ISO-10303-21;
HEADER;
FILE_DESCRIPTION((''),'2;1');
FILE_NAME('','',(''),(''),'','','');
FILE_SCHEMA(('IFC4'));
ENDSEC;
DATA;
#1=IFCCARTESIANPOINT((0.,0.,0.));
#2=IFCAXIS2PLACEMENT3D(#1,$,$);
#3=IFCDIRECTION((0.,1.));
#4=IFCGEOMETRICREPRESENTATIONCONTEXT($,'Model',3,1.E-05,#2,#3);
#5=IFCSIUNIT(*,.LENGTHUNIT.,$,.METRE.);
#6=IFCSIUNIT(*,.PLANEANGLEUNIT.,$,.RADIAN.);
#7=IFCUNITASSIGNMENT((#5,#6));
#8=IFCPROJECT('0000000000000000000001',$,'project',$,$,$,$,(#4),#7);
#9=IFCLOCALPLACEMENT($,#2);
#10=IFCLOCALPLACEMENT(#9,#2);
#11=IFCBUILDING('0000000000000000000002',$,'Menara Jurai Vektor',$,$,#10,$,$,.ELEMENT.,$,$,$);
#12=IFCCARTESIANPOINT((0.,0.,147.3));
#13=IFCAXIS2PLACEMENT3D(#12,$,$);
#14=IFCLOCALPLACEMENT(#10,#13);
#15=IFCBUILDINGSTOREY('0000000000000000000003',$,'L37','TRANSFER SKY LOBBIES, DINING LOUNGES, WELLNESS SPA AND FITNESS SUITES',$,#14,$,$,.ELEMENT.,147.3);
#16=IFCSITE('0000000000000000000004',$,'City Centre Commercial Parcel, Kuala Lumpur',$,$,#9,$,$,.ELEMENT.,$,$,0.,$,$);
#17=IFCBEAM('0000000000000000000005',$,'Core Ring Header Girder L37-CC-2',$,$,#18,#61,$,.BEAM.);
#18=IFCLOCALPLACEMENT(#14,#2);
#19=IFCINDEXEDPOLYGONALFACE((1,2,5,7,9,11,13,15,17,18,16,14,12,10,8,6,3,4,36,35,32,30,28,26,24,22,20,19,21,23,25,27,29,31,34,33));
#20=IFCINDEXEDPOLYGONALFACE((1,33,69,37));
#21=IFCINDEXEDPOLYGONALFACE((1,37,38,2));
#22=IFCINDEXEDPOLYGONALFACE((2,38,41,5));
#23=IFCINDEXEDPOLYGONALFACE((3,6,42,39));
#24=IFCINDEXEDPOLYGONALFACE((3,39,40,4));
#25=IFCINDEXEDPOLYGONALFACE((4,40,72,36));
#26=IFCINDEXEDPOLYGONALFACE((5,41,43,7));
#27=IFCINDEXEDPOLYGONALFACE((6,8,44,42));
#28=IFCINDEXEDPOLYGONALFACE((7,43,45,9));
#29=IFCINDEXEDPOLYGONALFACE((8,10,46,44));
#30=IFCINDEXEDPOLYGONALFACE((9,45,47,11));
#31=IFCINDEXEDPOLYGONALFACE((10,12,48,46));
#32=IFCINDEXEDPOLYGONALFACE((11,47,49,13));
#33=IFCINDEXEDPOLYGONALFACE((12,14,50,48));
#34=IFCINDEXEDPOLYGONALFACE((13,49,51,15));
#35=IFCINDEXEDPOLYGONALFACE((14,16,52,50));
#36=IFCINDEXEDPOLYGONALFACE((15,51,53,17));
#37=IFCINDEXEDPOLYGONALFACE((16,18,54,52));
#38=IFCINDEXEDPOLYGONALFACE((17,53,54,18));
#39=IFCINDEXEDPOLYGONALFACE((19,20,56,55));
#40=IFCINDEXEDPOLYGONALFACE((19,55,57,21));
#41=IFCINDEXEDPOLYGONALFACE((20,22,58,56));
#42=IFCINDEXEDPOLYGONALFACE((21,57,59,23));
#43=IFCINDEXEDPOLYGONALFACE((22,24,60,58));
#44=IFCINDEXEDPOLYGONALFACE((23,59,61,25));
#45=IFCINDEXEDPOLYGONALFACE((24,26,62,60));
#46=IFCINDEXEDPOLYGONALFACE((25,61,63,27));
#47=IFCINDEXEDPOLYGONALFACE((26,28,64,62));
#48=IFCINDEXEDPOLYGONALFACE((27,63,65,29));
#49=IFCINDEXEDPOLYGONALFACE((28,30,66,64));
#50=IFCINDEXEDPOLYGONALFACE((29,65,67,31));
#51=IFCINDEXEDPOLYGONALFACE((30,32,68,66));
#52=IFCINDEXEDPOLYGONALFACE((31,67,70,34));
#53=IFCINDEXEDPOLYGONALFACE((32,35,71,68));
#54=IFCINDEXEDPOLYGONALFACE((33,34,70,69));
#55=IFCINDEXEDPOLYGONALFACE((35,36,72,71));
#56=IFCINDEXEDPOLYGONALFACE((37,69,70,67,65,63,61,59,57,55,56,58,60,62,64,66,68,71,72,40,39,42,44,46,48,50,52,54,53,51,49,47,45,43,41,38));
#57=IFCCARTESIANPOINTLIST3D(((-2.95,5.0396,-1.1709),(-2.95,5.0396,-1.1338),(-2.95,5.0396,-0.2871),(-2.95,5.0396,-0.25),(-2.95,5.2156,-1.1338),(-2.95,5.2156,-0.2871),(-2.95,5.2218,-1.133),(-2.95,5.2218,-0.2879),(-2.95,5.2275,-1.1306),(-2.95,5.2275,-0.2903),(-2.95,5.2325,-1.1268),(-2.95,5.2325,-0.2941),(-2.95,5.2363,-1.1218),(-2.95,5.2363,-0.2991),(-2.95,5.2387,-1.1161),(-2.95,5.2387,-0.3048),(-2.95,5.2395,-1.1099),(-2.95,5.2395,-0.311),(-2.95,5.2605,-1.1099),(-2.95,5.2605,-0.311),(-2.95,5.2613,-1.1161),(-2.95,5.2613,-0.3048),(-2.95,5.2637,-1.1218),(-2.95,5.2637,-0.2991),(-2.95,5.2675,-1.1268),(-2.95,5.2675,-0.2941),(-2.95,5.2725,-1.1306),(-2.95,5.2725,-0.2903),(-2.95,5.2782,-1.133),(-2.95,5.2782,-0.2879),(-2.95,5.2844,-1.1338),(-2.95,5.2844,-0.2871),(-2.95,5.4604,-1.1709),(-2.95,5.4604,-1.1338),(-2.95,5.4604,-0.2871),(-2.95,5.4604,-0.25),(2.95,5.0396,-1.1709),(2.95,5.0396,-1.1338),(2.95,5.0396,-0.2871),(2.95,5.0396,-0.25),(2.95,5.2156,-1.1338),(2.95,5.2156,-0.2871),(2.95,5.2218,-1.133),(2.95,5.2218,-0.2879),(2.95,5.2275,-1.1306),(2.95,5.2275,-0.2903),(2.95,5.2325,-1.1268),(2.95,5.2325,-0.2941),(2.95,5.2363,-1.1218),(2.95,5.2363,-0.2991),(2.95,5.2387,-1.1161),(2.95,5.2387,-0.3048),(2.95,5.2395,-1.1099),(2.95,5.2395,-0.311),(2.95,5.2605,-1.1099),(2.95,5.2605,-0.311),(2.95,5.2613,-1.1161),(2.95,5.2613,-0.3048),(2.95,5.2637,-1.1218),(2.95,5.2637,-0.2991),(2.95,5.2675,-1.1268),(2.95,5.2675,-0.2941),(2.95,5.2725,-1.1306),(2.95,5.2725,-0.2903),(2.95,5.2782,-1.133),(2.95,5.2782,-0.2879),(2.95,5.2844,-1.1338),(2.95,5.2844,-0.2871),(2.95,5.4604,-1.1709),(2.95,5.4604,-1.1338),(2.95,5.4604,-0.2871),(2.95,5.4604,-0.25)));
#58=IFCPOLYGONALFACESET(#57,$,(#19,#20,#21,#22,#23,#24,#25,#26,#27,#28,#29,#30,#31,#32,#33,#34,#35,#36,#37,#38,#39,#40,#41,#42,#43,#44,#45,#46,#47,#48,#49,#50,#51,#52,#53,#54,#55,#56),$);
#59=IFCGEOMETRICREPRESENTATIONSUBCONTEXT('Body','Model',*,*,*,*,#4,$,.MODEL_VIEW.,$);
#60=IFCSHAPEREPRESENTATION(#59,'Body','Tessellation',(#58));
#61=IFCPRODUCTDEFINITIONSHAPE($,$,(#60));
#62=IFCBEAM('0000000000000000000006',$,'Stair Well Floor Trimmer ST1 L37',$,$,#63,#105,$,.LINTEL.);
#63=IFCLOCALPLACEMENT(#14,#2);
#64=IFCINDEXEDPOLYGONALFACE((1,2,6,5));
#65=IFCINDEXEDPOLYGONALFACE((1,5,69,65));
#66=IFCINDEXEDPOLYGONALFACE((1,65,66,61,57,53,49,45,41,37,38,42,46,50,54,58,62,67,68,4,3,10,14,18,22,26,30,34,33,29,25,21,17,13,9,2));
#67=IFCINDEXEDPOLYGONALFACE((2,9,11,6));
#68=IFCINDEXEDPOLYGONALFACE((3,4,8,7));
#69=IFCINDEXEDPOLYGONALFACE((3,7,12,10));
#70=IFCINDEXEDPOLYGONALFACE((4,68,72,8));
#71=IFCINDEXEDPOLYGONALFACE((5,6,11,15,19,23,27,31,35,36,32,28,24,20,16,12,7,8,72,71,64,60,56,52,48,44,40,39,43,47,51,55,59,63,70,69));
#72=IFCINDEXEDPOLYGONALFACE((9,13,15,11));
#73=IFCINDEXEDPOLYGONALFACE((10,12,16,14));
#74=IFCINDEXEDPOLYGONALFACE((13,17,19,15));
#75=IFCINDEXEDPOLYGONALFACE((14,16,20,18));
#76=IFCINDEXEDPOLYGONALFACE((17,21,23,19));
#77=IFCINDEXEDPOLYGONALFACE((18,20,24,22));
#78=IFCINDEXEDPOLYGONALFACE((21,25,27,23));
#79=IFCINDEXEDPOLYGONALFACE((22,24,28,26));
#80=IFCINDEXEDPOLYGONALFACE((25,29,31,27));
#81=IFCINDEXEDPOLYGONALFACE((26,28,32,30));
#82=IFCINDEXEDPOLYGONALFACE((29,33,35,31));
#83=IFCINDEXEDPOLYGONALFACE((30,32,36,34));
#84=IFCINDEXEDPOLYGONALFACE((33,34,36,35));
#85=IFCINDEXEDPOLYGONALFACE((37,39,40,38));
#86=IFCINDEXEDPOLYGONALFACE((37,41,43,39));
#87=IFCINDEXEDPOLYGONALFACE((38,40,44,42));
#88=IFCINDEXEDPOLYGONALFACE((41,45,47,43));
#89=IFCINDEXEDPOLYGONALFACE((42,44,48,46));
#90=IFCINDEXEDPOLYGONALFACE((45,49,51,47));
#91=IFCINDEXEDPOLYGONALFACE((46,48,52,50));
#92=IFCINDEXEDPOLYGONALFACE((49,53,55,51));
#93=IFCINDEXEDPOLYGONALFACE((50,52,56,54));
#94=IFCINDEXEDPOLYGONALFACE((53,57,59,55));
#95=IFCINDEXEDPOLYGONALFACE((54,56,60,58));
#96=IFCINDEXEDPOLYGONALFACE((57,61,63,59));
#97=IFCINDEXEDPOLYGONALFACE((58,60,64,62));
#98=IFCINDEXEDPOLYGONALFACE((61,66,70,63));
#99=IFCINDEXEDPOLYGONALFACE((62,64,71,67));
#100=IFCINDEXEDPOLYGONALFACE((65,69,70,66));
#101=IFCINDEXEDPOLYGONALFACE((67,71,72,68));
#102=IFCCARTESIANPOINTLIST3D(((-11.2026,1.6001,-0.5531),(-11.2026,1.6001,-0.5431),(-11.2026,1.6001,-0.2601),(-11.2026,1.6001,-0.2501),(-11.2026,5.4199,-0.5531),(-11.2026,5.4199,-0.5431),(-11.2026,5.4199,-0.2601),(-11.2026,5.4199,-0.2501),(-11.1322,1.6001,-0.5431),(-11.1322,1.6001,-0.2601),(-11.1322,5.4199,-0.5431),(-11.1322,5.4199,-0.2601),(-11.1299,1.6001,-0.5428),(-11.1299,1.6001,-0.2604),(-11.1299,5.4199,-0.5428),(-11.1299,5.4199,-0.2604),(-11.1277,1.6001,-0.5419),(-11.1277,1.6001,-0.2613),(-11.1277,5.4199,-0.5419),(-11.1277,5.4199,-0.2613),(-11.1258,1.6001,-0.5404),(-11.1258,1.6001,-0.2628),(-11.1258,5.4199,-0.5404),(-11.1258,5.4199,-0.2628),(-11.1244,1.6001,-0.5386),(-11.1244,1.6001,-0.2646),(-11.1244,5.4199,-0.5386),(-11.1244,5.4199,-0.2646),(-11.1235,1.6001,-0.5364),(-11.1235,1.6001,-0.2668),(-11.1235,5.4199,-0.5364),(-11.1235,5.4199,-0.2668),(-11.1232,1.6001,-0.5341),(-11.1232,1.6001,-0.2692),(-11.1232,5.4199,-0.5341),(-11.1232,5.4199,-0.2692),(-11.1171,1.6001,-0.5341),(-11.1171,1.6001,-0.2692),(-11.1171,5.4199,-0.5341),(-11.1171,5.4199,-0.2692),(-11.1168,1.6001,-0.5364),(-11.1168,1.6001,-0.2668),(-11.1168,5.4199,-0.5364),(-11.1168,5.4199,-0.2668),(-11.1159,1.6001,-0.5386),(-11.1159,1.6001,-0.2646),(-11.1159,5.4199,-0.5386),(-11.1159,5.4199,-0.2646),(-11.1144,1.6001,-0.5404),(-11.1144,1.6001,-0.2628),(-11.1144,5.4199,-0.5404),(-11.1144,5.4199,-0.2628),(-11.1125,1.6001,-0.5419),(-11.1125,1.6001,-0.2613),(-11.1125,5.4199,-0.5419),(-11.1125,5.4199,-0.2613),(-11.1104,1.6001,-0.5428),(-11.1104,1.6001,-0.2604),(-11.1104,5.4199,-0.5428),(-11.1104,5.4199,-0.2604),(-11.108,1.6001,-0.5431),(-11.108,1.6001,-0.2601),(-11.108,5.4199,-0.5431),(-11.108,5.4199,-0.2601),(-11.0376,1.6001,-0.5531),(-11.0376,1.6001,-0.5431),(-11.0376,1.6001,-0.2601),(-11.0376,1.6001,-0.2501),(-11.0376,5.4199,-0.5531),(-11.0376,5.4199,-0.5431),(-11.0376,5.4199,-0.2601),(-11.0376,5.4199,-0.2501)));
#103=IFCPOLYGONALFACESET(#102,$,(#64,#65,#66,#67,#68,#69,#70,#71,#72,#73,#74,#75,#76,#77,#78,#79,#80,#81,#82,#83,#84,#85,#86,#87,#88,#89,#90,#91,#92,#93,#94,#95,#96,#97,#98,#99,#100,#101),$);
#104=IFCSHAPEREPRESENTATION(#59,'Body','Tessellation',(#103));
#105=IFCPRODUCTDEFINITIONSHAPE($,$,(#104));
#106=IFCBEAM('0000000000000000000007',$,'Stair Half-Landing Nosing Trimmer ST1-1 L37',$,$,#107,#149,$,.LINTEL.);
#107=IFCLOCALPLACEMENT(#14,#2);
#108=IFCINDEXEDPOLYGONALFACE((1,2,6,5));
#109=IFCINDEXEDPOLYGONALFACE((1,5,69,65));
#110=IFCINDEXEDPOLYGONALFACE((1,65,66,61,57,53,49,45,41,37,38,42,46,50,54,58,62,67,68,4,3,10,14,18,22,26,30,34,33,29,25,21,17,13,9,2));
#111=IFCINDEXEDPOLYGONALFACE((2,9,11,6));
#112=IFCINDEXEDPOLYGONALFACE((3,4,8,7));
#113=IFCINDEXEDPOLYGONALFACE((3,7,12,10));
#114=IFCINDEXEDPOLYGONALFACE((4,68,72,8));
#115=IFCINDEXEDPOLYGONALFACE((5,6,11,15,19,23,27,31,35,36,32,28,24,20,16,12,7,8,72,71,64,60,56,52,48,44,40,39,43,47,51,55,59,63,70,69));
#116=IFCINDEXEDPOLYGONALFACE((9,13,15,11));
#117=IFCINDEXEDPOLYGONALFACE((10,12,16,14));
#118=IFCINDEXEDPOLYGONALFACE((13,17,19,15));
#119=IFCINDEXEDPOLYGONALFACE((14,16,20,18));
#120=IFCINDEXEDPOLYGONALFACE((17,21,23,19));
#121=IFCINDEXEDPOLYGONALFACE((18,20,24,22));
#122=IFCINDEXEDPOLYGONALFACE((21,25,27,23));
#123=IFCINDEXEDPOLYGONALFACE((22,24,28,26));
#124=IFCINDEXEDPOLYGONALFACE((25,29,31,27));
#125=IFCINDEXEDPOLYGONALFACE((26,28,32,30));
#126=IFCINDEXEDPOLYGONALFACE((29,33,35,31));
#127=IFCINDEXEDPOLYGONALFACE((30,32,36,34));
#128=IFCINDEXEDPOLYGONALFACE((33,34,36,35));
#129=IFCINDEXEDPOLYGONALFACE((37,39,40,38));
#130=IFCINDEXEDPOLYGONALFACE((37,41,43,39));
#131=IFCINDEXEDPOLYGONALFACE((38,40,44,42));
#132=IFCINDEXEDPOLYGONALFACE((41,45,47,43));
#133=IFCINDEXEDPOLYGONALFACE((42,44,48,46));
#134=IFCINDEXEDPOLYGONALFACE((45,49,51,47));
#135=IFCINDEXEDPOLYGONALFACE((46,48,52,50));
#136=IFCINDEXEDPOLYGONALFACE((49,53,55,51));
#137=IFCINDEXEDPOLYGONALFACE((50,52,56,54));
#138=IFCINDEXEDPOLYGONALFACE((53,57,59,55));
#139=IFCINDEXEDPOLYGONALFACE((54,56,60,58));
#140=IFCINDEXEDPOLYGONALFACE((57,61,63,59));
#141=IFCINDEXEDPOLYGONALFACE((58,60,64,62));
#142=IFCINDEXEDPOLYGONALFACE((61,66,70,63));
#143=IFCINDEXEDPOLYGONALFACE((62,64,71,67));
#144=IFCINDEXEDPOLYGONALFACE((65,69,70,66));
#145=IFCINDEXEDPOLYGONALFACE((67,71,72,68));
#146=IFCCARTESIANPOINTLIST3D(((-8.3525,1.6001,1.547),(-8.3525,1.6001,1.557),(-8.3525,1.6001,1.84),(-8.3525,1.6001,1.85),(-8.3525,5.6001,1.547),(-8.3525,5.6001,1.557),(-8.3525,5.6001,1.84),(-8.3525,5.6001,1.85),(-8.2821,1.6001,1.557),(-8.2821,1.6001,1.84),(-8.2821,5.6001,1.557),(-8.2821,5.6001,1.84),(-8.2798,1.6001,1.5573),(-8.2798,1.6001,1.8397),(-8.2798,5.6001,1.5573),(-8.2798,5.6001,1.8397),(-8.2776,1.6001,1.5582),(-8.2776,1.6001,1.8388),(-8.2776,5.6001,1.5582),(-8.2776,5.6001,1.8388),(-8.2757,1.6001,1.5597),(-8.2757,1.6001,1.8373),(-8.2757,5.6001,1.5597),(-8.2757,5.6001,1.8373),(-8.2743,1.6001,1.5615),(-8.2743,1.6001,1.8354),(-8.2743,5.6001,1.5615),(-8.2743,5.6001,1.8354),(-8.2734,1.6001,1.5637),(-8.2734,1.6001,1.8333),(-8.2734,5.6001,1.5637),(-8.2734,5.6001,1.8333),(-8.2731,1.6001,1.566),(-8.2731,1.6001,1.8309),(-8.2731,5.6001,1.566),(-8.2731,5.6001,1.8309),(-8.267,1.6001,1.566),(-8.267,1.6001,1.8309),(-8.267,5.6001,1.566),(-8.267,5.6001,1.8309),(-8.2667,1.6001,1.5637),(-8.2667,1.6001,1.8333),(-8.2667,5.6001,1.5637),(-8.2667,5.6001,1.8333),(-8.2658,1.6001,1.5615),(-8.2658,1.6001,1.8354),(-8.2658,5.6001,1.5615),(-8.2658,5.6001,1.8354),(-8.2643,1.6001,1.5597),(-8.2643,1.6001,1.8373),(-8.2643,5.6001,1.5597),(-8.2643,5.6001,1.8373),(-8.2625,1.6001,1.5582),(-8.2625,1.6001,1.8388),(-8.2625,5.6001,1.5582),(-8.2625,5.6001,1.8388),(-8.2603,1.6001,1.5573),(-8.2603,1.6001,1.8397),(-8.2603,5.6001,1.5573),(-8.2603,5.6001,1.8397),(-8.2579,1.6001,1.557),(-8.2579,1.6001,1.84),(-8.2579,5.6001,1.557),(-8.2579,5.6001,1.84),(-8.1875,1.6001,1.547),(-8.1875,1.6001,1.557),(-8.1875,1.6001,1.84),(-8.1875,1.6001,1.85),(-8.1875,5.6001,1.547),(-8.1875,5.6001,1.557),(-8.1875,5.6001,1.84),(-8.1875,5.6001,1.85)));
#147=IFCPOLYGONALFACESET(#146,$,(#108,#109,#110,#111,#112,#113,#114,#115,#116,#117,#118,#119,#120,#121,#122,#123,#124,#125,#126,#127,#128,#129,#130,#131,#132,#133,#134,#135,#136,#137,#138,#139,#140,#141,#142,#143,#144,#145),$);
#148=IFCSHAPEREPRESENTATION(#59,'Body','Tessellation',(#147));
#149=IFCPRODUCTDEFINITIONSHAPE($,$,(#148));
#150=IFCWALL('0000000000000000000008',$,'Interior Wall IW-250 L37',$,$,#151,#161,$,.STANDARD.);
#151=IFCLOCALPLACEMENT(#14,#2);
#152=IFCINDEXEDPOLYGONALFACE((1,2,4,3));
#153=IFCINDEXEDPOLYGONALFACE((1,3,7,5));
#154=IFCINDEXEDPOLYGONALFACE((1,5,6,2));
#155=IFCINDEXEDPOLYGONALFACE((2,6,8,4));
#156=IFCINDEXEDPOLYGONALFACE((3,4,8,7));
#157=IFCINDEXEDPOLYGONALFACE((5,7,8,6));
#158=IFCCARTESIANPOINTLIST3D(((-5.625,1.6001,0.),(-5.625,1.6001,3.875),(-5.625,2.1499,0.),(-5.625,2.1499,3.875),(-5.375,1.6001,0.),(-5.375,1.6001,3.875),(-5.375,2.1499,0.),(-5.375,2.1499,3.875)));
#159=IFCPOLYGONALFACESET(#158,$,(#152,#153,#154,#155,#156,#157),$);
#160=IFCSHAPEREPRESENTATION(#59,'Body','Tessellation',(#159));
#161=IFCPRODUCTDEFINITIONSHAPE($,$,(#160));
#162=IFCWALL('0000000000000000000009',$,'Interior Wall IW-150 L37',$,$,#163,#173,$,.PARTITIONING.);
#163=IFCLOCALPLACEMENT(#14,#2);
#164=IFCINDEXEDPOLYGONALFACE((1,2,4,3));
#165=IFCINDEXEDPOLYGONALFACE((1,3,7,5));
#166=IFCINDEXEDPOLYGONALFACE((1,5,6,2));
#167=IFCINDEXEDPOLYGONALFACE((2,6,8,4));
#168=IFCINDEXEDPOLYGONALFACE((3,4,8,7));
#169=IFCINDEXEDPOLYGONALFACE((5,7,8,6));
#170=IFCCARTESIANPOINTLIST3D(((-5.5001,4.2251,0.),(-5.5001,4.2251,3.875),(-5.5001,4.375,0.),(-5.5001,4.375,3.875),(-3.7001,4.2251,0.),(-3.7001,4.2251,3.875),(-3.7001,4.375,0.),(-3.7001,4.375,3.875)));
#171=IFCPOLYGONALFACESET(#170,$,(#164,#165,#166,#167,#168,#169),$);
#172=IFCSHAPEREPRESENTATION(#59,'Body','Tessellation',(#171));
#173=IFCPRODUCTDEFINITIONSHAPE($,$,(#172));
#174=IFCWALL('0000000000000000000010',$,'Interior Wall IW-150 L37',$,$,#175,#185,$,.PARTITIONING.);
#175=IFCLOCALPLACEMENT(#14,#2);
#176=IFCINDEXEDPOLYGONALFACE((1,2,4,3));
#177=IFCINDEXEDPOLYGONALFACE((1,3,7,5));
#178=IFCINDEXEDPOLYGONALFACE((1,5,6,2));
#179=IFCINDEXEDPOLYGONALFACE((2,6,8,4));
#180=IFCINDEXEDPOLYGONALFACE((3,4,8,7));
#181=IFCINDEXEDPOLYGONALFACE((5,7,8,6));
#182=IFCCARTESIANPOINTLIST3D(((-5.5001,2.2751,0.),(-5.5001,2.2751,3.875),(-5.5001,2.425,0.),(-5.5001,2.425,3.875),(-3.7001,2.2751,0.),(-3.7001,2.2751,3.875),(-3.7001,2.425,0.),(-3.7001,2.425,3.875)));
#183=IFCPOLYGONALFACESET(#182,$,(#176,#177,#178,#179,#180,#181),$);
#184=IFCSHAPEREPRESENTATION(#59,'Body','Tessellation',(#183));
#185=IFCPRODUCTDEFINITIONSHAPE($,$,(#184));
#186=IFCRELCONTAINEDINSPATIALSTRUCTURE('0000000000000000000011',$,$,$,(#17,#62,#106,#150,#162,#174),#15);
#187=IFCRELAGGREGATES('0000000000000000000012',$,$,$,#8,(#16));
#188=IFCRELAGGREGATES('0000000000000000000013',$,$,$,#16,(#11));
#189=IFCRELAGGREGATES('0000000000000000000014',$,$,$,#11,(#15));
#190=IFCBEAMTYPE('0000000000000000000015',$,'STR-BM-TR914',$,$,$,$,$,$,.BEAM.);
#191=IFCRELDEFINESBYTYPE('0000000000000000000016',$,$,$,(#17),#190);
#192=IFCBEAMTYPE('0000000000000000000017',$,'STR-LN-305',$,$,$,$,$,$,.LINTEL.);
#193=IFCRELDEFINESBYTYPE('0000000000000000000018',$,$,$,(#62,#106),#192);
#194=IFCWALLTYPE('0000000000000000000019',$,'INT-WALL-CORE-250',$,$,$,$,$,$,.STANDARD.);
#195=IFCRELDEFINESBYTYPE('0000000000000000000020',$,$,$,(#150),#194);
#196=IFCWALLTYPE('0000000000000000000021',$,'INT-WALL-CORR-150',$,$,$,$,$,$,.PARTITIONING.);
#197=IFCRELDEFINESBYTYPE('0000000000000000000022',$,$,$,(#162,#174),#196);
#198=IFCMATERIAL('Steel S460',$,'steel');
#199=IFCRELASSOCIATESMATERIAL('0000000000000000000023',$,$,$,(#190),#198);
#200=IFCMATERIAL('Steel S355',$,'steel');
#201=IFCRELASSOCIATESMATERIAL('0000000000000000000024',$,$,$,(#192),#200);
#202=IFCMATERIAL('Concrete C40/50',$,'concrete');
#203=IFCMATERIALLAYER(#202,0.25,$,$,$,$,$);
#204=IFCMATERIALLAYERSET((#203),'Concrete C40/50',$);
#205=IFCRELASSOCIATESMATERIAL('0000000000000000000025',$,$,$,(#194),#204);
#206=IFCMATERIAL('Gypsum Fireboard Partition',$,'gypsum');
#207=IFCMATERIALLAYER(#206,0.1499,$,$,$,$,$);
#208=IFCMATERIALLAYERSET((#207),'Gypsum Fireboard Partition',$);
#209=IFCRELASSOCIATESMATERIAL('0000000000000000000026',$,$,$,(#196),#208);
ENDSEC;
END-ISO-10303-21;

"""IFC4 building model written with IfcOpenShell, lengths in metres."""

from ifc_helpers import new_model, si_unit, direction, frame, frame_2d, origin, origin_2d, place, context, subcontext, project, spatial, rectangle, i_section, extrude, material, layer, layer_set, material_profile, profile_set, type_object, element, save


model = new_model("IFC4")

# Units and contexts
model_context = context("Model", 3, precision=1e-05, world=origin(), true_north=direction((0.0, 1.0)))
body_context = subcontext(model_context, "Body", "Model", "MODEL_VIEW")
ifc_project = project(units=[si_unit("LENGTHUNIT", "METRE"), si_unit("PLANEANGLEUNIT", "RADIAN")], contexts=[model_context])

# Site, building, storey
site_placement = place(None, origin())
site = spatial("IfcSite", under=ifc_project, at=site_placement, Name="City Centre Commercial Parcel, Kuala Lumpur", CompositionType="ELEMENT", RefElevation=0.0)
building_placement = place(site_placement, origin())
building = spatial("IfcBuilding", under=site, at=building_placement, Name="Menara Jurai Vektor", CompositionType="ELEMENT")
storey_placement = place(building_placement, frame((0.0, 0.0, 147.3)))
storey = spatial("IfcBuildingStorey", under=building, at=storey_placement, Name="L37", Description="TRANSFER SKY LOBBIES, DINING LOUNGES, WELLNESS SPA AND FITNESS SUITES", CompositionType="ELEMENT", Elevation=147.3)

# Shared definitions
ifc_material_1 = material(Name="Steel S355", Category="steel")

# Beams
ifc_material_2 = material(Name="Steel S460", Category="steel")
ifc_material_profile_1 = material_profile(ifc_material_2, i_section(OverallWidth=0.4209, OverallDepth=0.9209, WebThickness=0.021, FlangeThickness=0.0371, FilletRadius=0.0239, at=origin_2d()), Name="UKB 914x419x388")
ifc_profile_set_1 = profile_set([ifc_material_profile_1], Name="Steel S460")
beam_type_1 = type_object("IfcBeamType", Name="STR-BM-TR914", PredefinedType="BEAM", material=ifc_profile_set_1)
beam_1_placement = place(storey_placement, frame((-2.95, 5.25, -0.7104), z_axis=(1.0, 0.0, 0.0), x_axis=(0.0, 1.0, 0.0)))
element("IfcBeam", 1, at=beam_1_placement, inside=storey, type_object=beam_type_1, Name="Core Ring Header Girder L37-CC-2", PredefinedType="BEAM", context=body_context, shape_type="SweptSolid", body=[
    extrude(i_section(OverallWidth=0.4209, OverallDepth=0.9209, WebThickness=0.021, FlangeThickness=0.0371, FilletRadius=0.0239, at=origin_2d()), origin(), (0.0, 0.0, 1.0), 5.8999),
])
ifc_material_profile_2 = material_profile(ifc_material_1, i_section(OverallWidth=0.165, OverallDepth=0.303, WebThickness=0.0061, FlangeThickness=0.01, FilletRadius=0.009, at=origin_2d()), Name="UKB 305x165x40")
ifc_profile_set_2 = profile_set([ifc_material_profile_2], Name="Steel S355")
beam_type_2 = type_object("IfcBeamType", Name="STR-LN-305", PredefinedType="LINTEL", material=ifc_profile_set_2)
beam_2_placement = place(storey_placement, frame((-11.1201, 1.6001, -0.4016), z_axis=(0.0, 1.0, 0.0), x_axis=(-1.0, 0.0, 0.0)))
element("IfcBeam", 2, at=beam_2_placement, inside=storey, type_object=beam_type_2, Name="Stair Well Floor Trimmer ST1 L37", PredefinedType="LINTEL", context=body_context, shape_type="SweptSolid", body=[
    extrude(i_section(OverallWidth=0.165, OverallDepth=0.303, WebThickness=0.0061, FlangeThickness=0.01, FilletRadius=0.009, at=origin_2d()), origin(), (0.0, 0.0, 1.0), 3.8198),
])
beam_3_placement = place(storey_placement, frame((-8.27, 1.6001, 1.6985), z_axis=(0.0, 1.0, 0.0), x_axis=(-1.0, 0.0, 0.0)))
element("IfcBeam", 3, at=beam_3_placement, inside=storey, type_object=beam_type_2, Name="Stair Half-Landing Nosing Trimmer ST1-1 L37", PredefinedType="LINTEL", context=body_context, shape_type="SweptSolid", body=[
    extrude(i_section(OverallWidth=0.165, OverallDepth=0.303, WebThickness=0.0061, FlangeThickness=0.01, FilletRadius=0.009, at=origin_2d()), origin(), (0.0, 0.0, 1.0), 4.0),
])

# Shared definitions
ifc_material_3 = material(Name="Concrete C40/50", Category="concrete")
ifc_layer_1 = layer(ifc_material_3, 0.25)
ifc_layer_set_1 = layer_set([ifc_layer_1], Name="Concrete C40/50")
wall_type_1 = type_object("IfcWallType", Name="INT-WALL-CORE-250", PredefinedType="STANDARD", material=ifc_layer_set_1)

# Walls
wall_1_placement = place(storey_placement, frame((-5.5, 1.6001, 0.0), z_axis=(0.0, 0.0, 1.0), x_axis=(0.0, 1.0, 0.0)))
element("IfcWall", 4, at=wall_1_placement, inside=storey, type_object=wall_type_1, Name="Interior Wall IW-250 L37", PredefinedType="STANDARD", context=body_context, shape_type="SweptSolid", body=[
    extrude(rectangle(XDim=0.5498, YDim=0.25, at=frame_2d((0.2749, 0.0))), origin(), (0.0, 0.0, 1.0), 3.875),
])
ifc_material_4 = material(Name="Gypsum Fireboard Partition", Category="gypsum")
ifc_layer_2 = layer(ifc_material_4, 0.1499)
ifc_layer_set_2 = layer_set([ifc_layer_2], Name="Gypsum Fireboard Partition")
wall_type_2 = type_object("IfcWallType", Name="INT-WALL-CORR-150", PredefinedType="PARTITIONING", material=ifc_layer_set_2)
for number, where, z_axis, x_axis, name in (
    (5, (-5.5, 4.3, 0.0), (0.0, 0.0, 1.0), (1.0, 0.0, 0.0), "Interior Wall IW-150 L37"),
    (6, (-5.5, 2.3501, 0.0), (0.0, 0.0, 1.0), (1.0, 0.0, 0.0), "Interior Wall IW-150 L37"),
):
    element("IfcWall", number, at=place(storey_placement, frame(where, z_axis=z_axis, x_axis=x_axis)), inside=storey, type_object=wall_type_2, Name=name, PredefinedType="PARTITIONING", context=body_context, shape_type="SweptSolid", body=[
        extrude(rectangle(XDim=1.8, YDim=0.1499, at=frame_2d((0.8999, 0.0))), origin(), (0.0, 0.0, 1.0), 3.875),
    ])

save(model, "model.ifc")
